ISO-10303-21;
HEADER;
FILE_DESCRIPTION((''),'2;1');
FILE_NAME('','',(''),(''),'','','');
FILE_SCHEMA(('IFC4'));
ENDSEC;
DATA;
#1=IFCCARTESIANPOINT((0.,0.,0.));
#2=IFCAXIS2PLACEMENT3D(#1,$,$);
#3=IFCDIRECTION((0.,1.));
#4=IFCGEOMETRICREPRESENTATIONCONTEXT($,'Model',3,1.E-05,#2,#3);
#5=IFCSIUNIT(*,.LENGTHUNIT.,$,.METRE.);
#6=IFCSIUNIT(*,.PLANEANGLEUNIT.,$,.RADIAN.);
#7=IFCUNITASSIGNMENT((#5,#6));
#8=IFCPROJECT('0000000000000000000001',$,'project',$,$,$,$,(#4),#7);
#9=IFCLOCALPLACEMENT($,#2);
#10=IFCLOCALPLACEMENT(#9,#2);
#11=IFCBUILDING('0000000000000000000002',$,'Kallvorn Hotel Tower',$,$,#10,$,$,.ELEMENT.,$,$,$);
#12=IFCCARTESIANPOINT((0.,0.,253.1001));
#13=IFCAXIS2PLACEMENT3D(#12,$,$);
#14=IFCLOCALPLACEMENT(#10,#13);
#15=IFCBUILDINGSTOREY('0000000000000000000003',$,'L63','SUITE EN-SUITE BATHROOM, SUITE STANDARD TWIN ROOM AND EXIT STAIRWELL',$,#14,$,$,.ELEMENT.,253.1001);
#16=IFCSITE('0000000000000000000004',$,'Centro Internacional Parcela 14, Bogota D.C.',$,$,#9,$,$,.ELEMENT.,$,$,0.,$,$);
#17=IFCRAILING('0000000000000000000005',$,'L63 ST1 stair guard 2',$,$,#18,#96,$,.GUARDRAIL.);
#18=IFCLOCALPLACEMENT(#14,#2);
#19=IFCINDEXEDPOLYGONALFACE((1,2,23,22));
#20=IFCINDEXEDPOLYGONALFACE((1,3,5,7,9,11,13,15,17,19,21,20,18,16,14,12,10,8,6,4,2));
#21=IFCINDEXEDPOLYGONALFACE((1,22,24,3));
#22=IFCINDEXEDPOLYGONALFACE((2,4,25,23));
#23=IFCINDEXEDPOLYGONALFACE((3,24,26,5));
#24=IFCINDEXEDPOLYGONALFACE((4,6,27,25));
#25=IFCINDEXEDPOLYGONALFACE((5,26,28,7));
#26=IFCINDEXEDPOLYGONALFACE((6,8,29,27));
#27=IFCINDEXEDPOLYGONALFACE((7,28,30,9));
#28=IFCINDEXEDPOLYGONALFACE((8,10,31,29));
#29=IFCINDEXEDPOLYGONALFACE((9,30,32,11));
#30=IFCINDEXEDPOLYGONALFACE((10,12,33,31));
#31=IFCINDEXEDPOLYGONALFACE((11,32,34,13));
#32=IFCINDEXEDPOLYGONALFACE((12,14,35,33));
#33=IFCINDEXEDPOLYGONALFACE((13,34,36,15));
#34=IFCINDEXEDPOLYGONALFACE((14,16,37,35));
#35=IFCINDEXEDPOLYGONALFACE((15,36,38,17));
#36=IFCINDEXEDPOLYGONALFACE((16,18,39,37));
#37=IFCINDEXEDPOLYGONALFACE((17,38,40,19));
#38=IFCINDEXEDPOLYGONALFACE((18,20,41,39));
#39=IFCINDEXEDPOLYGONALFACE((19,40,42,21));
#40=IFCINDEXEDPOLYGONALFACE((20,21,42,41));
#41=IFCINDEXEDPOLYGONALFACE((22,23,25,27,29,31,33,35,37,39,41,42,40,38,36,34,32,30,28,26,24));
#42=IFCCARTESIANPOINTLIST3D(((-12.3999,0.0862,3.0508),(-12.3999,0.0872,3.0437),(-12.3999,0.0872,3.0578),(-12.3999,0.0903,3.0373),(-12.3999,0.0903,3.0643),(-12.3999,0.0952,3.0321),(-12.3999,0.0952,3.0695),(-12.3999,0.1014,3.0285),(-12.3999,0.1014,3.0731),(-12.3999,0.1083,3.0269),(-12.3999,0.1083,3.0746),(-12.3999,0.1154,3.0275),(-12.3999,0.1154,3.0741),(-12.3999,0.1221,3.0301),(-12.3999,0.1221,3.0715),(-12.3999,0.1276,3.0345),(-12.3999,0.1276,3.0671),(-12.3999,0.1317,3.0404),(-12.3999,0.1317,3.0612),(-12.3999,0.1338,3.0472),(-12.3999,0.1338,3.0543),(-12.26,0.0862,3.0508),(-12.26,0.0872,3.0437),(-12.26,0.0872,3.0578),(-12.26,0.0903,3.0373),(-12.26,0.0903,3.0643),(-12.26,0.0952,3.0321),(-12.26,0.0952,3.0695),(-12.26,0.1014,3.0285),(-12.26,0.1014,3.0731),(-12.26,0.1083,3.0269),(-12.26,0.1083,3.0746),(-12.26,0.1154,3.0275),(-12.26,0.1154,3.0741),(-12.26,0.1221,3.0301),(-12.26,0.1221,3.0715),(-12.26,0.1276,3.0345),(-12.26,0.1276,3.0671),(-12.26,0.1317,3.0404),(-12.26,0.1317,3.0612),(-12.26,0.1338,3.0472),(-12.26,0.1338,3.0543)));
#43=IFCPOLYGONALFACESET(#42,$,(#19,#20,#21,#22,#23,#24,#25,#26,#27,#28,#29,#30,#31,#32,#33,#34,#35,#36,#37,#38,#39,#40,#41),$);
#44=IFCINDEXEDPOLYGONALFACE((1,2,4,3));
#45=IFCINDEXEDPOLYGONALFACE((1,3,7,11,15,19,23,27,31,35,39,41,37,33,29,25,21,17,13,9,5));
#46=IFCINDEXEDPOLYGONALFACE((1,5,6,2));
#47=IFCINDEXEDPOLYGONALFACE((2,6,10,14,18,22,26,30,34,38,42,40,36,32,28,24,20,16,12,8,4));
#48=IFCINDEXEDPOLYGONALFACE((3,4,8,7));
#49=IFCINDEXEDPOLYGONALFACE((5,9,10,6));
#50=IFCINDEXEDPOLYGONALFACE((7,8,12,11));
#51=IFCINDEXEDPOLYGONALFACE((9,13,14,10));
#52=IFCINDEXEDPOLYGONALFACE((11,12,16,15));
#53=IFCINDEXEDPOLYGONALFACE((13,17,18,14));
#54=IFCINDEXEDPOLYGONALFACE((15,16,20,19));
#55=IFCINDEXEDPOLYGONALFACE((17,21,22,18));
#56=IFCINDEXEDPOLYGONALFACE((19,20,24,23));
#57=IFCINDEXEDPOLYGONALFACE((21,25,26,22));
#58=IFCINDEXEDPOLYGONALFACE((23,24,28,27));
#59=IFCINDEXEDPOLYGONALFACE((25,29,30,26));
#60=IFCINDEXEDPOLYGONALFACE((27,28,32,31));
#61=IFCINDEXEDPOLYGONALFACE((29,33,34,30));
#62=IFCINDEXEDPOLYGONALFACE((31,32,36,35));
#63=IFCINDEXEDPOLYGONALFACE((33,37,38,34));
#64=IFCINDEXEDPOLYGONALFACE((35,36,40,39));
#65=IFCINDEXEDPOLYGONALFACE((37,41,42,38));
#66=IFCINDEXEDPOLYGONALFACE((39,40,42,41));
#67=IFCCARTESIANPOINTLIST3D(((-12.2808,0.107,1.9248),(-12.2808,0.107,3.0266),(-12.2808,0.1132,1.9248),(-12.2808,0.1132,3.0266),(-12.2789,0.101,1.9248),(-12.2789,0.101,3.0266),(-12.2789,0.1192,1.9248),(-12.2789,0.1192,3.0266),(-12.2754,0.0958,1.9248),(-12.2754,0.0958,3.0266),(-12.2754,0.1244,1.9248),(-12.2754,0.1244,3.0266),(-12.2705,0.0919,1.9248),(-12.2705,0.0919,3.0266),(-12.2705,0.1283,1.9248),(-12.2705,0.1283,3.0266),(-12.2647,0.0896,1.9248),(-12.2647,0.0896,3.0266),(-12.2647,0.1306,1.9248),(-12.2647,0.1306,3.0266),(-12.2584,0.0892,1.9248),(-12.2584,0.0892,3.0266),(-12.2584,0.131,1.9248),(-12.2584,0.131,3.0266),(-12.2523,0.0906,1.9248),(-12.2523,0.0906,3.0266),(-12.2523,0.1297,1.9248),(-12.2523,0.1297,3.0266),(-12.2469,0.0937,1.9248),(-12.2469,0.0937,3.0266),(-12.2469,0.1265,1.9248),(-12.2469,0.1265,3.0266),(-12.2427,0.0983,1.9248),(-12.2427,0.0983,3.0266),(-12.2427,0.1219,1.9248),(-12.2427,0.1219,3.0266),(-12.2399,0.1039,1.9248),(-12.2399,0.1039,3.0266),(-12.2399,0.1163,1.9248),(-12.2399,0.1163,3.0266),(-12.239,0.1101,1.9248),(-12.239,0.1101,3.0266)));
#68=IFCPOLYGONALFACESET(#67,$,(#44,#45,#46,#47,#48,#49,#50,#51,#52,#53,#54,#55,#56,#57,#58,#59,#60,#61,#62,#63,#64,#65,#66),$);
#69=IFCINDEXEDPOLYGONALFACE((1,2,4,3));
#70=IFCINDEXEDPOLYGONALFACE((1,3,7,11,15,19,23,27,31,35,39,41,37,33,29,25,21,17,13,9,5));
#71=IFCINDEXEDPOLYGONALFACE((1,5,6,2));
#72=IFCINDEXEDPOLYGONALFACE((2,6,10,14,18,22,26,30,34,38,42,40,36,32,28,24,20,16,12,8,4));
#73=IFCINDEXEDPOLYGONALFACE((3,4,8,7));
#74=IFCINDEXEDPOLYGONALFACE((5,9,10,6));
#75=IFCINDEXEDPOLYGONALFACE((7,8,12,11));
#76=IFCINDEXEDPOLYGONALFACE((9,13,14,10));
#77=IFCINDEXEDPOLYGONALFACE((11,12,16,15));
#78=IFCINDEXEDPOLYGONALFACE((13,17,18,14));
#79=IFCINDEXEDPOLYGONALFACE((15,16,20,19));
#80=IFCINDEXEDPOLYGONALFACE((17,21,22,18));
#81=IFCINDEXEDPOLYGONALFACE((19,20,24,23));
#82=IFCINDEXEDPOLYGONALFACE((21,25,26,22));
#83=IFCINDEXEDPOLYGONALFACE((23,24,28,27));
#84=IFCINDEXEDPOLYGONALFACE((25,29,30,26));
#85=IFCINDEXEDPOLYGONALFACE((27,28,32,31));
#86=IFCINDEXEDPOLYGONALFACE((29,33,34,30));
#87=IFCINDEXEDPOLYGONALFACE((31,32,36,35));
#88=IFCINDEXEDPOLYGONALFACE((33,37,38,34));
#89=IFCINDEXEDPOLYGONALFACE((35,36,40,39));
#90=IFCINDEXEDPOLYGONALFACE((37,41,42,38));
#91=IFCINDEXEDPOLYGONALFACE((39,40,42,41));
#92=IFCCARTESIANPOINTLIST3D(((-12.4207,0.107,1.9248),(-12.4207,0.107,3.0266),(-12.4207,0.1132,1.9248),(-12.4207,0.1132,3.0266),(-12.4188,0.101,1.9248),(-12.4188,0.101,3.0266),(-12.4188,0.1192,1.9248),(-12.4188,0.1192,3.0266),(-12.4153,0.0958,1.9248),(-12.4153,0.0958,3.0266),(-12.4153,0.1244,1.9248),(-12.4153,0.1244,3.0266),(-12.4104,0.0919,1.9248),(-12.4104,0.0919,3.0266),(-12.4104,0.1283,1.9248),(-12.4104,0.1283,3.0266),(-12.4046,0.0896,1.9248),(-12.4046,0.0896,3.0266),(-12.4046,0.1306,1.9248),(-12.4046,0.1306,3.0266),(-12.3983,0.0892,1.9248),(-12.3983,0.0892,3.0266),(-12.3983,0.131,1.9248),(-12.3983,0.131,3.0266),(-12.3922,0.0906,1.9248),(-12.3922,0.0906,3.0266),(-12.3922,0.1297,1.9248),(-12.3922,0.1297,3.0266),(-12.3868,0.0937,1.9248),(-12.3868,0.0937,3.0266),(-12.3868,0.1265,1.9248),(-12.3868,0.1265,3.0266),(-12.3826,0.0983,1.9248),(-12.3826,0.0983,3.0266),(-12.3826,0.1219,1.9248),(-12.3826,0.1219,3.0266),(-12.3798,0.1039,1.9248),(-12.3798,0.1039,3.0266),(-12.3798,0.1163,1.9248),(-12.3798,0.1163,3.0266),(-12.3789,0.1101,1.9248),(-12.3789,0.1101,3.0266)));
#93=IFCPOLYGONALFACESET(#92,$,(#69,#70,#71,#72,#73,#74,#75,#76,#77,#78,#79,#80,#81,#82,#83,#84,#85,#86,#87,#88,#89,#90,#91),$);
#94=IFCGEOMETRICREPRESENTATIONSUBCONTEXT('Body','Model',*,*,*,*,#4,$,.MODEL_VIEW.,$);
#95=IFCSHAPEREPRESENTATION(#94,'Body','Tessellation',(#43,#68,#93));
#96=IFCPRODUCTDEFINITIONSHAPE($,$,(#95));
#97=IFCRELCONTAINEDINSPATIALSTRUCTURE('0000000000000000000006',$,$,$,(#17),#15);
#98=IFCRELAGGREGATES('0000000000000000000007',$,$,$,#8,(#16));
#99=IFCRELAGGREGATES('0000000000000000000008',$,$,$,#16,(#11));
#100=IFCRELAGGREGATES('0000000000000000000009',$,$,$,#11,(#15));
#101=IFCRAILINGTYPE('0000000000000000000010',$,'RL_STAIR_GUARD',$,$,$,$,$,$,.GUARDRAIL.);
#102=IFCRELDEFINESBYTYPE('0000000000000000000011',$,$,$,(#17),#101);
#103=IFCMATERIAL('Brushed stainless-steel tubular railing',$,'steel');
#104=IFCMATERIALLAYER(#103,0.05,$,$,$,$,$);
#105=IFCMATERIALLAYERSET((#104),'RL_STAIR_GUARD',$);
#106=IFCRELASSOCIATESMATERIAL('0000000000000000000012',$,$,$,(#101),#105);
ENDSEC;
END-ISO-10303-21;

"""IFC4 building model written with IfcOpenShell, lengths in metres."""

from ifc_helpers import new_model, si_unit, direction, frame, origin, origin_2d, place, context, subcontext, project, spatial, circle, extrude, material, layer, layer_set, type_object, element, save


model = new_model("IFC4")

# Units and contexts
model_context = context("Model", 3, precision=1e-05, world=origin(), true_north=direction((0.0, 1.0)))
body_context = subcontext(model_context, "Body", "Model", "MODEL_VIEW")
ifc_project = project(units=[si_unit("LENGTHUNIT", "METRE"), si_unit("PLANEANGLEUNIT", "RADIAN")], contexts=[model_context])

# Site, building, storey
site_placement = place(None, origin())
site = spatial("IfcSite", under=ifc_project, at=site_placement, Name="Centro Internacional Parcela 14, Bogota D.C.", CompositionType="ELEMENT", RefElevation=0.0)
building_placement = place(site_placement, origin())
building = spatial("IfcBuilding", under=site, at=building_placement, Name="Kallvorn Hotel Tower", CompositionType="ELEMENT")
storey_placement = place(building_placement, frame((0.0, 0.0, 253.1001)))
storey = spatial("IfcBuildingStorey", under=building, at=storey_placement, Name="L63", Description="SUITE EN-SUITE BATHROOM, SUITE STANDARD TWIN ROOM AND EXIT STAIRWELL", CompositionType="ELEMENT", Elevation=253.1001)

# Railing
ifc_material_1 = material(Name="Brushed stainless-steel tubular railing", Category="steel")
ifc_layer_1 = layer(ifc_material_1, 0.05)
ifc_layer_set_1 = layer_set([ifc_layer_1], Name="RL_STAIR_GUARD")
railing_type_1 = type_object("IfcRailingType", Name="RL_STAIR_GUARD", PredefinedType="GUARDRAIL", material=ifc_layer_set_1)
railing_1_placement = place(storey_placement, frame((-12.26, 0.1101, 1.9248)))
element("IfcRailing", 1, at=railing_1_placement, inside=storey, type_object=railing_type_1, Name="L63 ST1 stair guard 2", PredefinedType="GUARDRAIL", context=body_context, shape_type="SweptSolid", body=[
    extrude(circle(Radius=0.0239, at=origin_2d()), frame((0.0, 0.0, 1.126), z_axis=(-1.0, 0.0, 0.0), x_axis=(0.0, -1.0, 0.0)), (0.0, 0.0, 1.0), 0.1399),
    extrude(circle(Radius=0.021, at=origin_2d()), origin(), (0.0, 0.0, 1.0), 1.1018),
    extrude(circle(Radius=0.021, at=origin_2d()), frame((-0.1399, 0.0, 0.0)), (0.0, 0.0, 1.0), 1.1018),
])

save(model, "model.ifc")
